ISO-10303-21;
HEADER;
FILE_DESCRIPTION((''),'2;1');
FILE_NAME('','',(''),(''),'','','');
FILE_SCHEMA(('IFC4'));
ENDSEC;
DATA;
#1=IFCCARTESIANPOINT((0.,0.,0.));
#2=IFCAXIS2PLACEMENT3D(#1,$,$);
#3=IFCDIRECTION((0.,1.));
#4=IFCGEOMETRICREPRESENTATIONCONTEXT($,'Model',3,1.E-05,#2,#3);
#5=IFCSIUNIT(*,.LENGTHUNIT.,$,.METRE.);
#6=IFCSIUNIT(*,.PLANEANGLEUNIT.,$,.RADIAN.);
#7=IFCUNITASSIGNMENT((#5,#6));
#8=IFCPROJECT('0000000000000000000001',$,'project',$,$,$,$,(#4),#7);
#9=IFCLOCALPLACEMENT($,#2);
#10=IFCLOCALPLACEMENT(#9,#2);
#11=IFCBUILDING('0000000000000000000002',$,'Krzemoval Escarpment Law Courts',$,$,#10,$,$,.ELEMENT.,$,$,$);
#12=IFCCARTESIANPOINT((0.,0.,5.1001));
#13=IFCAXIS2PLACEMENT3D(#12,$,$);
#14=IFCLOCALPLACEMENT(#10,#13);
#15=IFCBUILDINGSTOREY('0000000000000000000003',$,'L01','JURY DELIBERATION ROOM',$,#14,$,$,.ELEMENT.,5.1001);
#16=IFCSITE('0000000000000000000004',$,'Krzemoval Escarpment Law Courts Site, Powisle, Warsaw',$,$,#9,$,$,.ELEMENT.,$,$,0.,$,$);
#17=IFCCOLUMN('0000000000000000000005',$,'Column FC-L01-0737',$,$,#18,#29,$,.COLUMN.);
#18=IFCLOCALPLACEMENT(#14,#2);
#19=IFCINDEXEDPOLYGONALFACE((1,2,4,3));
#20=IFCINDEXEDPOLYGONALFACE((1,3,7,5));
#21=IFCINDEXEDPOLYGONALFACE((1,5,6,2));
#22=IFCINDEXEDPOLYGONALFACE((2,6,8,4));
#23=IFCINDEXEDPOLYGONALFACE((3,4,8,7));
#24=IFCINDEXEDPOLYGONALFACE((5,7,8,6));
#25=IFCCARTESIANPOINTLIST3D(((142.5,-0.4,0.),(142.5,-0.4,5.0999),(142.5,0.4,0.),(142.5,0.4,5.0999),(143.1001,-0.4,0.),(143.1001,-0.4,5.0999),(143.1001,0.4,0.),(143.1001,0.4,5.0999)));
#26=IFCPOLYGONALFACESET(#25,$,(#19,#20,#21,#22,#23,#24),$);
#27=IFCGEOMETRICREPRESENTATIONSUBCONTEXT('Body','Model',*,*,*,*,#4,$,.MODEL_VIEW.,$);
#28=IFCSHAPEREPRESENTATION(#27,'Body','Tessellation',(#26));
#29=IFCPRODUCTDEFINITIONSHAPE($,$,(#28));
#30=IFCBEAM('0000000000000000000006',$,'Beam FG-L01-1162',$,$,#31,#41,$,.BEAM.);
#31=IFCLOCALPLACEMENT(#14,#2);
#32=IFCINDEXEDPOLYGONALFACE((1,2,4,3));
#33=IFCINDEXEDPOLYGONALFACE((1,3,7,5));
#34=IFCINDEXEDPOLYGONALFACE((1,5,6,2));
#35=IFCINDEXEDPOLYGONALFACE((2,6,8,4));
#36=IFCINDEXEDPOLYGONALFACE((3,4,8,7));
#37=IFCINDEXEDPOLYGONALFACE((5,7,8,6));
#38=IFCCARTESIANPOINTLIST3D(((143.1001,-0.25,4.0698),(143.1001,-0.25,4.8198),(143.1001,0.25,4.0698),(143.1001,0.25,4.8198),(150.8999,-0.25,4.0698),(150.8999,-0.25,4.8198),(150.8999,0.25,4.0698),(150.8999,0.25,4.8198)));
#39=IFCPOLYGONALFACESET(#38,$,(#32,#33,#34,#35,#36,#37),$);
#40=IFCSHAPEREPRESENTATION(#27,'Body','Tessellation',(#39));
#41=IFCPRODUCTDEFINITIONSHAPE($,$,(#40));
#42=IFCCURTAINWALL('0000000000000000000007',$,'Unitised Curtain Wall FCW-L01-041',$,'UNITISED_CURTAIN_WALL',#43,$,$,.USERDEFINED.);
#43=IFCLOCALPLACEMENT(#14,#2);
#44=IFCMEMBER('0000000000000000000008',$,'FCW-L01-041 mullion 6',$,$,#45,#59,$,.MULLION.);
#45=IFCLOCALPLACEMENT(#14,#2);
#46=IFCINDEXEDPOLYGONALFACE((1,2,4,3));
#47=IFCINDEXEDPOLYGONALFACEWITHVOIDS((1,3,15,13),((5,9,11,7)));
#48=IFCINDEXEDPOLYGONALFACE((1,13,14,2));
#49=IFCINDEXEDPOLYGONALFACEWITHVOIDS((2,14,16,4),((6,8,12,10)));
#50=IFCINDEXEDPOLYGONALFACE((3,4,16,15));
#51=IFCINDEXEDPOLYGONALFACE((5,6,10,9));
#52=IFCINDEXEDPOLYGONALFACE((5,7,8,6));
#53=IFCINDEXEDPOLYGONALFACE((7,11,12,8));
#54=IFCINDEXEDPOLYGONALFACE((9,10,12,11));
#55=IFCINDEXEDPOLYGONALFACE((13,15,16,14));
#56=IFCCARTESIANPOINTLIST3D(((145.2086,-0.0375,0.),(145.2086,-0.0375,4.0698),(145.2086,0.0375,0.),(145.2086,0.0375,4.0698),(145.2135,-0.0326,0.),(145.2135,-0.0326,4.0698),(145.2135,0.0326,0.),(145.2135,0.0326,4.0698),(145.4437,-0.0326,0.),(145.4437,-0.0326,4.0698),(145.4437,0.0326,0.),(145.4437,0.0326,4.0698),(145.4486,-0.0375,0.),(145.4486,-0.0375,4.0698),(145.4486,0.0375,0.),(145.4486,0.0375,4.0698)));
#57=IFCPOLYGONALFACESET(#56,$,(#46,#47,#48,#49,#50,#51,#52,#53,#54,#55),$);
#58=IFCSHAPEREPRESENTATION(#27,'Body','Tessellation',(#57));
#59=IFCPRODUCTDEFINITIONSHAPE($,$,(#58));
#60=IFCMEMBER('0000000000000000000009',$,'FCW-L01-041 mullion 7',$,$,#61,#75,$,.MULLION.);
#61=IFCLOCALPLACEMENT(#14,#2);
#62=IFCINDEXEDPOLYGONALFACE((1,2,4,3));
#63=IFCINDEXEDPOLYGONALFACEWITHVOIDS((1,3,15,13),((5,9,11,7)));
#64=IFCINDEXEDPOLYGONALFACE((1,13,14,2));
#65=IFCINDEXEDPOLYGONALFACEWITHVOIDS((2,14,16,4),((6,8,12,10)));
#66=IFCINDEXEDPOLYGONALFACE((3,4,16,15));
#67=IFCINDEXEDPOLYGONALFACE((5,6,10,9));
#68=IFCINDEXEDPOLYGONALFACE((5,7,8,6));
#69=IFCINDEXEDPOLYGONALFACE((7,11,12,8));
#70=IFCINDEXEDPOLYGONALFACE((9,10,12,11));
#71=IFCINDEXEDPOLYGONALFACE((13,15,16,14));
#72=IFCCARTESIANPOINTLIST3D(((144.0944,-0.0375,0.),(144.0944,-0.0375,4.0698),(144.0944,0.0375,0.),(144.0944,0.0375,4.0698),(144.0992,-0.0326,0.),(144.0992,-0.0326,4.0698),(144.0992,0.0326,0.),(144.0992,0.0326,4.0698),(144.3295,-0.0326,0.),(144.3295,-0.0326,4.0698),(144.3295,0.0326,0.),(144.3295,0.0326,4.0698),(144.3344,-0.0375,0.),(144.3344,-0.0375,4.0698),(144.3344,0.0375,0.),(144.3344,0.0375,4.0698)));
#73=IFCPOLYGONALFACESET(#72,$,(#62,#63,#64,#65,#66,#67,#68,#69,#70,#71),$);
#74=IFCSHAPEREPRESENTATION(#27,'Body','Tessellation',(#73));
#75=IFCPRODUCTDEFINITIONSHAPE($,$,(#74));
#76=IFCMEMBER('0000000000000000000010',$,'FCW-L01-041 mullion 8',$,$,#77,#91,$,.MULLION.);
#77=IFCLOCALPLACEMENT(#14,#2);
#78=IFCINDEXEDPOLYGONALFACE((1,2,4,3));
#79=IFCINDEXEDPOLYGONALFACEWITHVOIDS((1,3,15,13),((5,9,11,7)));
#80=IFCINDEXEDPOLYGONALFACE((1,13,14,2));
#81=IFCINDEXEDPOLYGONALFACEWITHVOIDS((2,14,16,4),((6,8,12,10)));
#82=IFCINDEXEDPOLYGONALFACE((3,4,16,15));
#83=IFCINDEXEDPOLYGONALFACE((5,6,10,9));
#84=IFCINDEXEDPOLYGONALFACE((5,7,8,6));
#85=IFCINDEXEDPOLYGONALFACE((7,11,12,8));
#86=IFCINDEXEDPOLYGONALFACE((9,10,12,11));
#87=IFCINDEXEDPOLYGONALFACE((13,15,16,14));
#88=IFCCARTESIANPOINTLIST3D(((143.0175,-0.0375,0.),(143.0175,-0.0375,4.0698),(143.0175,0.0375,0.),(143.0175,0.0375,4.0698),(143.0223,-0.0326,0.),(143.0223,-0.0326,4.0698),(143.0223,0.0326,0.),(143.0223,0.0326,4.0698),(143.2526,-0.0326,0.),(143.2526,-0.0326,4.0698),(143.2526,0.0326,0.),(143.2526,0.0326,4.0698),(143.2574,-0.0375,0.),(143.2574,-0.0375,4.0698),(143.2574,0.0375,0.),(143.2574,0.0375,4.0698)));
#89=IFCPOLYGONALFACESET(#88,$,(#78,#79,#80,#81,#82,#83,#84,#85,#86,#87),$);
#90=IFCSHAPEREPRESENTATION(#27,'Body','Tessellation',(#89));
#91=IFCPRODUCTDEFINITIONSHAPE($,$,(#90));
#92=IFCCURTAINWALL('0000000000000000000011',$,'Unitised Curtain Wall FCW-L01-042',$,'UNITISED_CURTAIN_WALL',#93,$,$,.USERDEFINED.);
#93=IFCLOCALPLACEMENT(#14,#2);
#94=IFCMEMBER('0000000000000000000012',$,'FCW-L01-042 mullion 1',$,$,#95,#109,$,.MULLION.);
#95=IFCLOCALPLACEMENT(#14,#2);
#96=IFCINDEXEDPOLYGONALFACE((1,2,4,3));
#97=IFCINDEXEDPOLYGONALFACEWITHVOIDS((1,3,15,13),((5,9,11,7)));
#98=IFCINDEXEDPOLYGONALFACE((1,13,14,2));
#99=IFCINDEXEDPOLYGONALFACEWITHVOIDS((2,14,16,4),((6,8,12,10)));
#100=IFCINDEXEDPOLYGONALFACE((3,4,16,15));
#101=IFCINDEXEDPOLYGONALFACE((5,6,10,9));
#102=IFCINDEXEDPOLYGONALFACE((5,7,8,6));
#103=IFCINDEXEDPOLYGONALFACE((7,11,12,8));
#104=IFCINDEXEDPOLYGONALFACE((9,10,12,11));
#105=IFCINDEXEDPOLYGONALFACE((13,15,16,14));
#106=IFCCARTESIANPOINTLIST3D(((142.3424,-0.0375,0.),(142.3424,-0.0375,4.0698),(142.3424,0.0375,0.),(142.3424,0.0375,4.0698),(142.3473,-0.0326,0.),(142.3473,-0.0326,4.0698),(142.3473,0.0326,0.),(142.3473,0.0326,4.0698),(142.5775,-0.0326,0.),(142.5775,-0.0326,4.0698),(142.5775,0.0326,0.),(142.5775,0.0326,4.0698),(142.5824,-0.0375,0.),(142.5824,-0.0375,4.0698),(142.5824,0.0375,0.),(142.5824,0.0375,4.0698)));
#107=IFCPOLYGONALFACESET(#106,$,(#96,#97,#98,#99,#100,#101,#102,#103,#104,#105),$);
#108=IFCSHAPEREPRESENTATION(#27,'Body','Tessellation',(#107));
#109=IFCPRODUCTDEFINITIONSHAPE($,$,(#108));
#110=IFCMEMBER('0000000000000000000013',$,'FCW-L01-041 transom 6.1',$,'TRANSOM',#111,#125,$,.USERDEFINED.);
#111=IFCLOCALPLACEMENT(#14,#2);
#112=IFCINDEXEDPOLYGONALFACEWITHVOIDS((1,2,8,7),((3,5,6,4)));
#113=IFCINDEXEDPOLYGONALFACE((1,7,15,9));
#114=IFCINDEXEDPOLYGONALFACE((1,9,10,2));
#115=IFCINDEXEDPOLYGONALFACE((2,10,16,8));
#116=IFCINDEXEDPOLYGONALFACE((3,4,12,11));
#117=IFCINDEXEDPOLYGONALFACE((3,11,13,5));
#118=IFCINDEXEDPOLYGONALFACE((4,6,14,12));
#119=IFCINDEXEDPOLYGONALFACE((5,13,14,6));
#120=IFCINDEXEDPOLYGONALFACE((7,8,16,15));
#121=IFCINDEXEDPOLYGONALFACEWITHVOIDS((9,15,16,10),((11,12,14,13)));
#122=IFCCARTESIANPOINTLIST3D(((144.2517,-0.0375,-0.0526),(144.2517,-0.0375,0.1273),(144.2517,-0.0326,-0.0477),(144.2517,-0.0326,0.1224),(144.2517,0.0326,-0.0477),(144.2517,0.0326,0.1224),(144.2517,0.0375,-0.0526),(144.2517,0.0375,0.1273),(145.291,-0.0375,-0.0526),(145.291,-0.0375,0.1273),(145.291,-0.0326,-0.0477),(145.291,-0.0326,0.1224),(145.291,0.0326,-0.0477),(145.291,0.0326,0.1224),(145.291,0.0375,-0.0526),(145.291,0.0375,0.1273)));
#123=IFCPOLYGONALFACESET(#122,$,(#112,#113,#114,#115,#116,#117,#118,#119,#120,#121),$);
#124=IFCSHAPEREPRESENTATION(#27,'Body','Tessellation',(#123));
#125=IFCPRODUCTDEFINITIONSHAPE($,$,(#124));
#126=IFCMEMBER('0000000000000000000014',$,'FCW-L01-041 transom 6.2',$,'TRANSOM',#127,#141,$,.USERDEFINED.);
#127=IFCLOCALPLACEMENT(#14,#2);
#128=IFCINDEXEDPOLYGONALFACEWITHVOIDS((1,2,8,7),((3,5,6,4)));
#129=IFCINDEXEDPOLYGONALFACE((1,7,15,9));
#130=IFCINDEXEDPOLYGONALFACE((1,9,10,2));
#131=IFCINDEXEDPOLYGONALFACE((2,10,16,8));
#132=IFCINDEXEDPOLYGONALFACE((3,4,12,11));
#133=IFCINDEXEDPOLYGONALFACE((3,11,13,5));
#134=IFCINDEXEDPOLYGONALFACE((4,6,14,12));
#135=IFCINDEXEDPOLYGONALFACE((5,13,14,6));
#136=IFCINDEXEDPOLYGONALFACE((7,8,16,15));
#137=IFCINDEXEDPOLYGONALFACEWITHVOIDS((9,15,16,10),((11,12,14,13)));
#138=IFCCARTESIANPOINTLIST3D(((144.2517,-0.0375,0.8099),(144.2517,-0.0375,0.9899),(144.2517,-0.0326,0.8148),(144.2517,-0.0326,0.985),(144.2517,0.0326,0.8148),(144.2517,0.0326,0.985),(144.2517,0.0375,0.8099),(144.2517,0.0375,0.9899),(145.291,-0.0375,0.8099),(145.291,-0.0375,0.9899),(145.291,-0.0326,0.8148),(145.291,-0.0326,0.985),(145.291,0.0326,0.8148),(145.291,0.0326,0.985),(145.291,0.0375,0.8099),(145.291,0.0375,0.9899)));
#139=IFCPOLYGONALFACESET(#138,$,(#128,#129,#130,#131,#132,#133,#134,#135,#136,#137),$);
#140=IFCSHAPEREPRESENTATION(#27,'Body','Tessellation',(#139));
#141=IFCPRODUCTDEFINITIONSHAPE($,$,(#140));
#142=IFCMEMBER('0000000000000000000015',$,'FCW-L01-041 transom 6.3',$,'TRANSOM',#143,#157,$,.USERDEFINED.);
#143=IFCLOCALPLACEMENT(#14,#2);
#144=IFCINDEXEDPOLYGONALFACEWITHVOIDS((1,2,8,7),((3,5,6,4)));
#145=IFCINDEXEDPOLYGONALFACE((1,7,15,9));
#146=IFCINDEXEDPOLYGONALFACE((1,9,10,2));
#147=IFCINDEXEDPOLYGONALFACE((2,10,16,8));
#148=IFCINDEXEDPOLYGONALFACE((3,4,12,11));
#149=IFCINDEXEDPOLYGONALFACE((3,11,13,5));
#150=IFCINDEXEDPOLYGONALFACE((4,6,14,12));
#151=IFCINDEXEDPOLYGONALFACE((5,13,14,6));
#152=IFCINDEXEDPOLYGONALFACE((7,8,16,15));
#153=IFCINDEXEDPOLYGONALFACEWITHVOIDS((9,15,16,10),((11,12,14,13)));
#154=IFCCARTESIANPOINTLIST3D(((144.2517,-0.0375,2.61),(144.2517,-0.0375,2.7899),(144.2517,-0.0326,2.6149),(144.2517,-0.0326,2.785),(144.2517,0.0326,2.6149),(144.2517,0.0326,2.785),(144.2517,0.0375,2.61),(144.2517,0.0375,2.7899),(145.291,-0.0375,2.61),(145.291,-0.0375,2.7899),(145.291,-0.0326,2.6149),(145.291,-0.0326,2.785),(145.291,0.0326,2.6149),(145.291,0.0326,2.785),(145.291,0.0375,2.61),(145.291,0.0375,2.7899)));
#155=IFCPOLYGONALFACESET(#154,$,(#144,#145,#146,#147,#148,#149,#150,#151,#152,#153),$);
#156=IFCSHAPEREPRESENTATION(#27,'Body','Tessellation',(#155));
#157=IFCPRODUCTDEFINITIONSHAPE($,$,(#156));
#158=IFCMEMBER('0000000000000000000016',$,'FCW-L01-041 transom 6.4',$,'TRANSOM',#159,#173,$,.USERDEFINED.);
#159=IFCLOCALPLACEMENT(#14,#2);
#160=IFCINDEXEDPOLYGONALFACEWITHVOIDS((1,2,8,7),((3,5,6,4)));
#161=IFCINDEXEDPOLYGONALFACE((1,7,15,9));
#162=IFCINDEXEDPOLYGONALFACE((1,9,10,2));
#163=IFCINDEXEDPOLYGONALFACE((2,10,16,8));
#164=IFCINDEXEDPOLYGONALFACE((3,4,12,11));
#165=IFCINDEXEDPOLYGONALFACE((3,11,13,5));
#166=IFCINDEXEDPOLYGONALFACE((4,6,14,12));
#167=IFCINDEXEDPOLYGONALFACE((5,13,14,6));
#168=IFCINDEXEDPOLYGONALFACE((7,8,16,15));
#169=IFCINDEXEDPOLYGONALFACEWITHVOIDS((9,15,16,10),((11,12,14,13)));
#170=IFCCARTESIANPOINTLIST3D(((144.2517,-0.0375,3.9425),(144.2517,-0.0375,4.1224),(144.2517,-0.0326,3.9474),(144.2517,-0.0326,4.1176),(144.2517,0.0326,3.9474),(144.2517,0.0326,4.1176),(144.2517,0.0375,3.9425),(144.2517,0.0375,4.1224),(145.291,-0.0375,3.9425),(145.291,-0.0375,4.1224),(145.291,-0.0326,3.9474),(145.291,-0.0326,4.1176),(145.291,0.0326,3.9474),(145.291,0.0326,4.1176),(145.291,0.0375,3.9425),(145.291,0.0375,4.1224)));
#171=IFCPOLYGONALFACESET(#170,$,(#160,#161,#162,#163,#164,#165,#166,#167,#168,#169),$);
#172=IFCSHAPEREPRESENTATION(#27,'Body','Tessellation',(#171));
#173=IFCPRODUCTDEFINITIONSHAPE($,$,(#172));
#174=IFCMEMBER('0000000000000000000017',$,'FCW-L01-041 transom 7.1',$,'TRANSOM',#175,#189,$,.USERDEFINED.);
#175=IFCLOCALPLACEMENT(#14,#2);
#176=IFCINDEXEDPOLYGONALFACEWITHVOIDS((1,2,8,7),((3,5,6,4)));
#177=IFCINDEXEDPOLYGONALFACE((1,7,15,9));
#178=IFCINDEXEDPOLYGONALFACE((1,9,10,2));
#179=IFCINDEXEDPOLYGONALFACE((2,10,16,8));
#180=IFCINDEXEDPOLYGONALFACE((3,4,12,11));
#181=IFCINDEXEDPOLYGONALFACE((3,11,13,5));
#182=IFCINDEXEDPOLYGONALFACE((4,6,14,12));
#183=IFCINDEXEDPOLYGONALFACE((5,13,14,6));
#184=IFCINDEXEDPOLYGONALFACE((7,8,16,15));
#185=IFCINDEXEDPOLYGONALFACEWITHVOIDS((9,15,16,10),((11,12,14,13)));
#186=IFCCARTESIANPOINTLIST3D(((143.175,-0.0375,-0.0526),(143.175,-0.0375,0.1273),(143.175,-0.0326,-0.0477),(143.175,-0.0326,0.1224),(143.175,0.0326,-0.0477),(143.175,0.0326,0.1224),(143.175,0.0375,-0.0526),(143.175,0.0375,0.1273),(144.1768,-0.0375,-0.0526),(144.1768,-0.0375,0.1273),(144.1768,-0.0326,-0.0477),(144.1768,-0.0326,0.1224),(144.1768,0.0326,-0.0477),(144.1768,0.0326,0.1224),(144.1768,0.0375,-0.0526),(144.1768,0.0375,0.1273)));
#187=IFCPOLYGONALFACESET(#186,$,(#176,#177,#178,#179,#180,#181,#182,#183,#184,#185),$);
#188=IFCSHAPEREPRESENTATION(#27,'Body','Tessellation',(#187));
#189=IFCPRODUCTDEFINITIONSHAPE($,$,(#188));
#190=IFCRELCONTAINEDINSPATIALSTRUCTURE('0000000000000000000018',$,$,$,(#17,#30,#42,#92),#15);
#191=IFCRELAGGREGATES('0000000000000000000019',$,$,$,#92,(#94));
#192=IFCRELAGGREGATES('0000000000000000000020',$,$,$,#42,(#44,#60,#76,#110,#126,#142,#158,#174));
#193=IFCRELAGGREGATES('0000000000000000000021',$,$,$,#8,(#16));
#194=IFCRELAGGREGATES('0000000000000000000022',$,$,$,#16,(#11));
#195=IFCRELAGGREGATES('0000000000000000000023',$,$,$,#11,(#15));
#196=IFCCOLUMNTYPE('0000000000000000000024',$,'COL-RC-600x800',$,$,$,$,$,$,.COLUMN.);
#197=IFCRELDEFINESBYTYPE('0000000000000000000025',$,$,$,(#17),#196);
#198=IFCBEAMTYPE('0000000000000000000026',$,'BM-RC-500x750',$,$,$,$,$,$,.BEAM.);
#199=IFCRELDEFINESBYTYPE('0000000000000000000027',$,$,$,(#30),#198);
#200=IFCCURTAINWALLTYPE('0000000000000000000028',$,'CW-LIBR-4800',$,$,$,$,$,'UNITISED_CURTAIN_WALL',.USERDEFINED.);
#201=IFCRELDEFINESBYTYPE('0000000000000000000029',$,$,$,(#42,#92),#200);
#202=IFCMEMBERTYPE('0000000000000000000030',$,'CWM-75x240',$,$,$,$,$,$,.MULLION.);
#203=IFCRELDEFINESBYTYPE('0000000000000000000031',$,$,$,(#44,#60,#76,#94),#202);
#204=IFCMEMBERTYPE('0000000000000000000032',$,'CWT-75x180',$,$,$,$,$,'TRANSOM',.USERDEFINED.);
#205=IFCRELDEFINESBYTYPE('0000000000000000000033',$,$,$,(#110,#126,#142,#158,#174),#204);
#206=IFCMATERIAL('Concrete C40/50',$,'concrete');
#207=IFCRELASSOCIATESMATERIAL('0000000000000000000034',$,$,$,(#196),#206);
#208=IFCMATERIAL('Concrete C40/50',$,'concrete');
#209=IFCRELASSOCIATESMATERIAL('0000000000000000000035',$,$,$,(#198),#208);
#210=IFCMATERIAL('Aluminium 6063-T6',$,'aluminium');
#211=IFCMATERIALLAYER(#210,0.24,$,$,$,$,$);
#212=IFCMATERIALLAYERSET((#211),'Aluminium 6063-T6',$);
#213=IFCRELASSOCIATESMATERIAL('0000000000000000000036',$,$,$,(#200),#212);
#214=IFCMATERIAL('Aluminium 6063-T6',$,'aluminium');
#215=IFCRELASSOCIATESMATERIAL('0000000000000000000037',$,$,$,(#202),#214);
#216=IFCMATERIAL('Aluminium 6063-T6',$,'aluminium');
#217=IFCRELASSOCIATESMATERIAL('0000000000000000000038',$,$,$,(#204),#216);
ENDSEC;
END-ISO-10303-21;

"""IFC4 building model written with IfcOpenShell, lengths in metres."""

from ifc_helpers import new_model, si_unit, direction, frame, origin, origin_2d, place, context, subcontext, project, spatial, rectangle, hollow_rectangle, extrude, material, layer, layer_set, material_profile, profile_set, type_object, element, aggregate, save


model = new_model("IFC4")

# Units and contexts
model_context = context("Model", 3, precision=1e-05, world=origin(), true_north=direction((0.0, 1.0)))
body_context = subcontext(model_context, "Body", "Model", "MODEL_VIEW")
ifc_project = project(units=[si_unit("LENGTHUNIT", "METRE"), si_unit("PLANEANGLEUNIT", "RADIAN")], contexts=[model_context])

# Site, building, storey
site_placement = place(None, origin())
site = spatial("IfcSite", under=ifc_project, at=site_placement, Name="Krzemoval Escarpment Law Courts Site, Powisle, Warsaw", CompositionType="ELEMENT", RefElevation=0.0)
building_placement = place(site_placement, origin())
building = spatial("IfcBuilding", under=site, at=building_placement, Name="Krzemoval Escarpment Law Courts", CompositionType="ELEMENT")
storey_placement = place(building_placement, frame((0.0, 0.0, 5.1001)))
storey = spatial("IfcBuildingStorey", under=building, at=storey_placement, Name="L01", Description="JURY DELIBERATION ROOM", CompositionType="ELEMENT", Elevation=5.1001)

# Column
ifc_material_1 = material(Name="Concrete C40/50", Category="concrete")
ifc_material_profile_1 = material_profile(ifc_material_1, rectangle(XDim=0.6001, YDim=0.8, at=origin_2d()), Name="RC 600x800")
ifc_profile_set_1 = profile_set([ifc_material_profile_1], Name="Concrete C40/50")
column_type = type_object("IfcColumnType", Name="COL-RC-600x800", PredefinedType="COLUMN", material=ifc_profile_set_1)
column_placement = place(storey_placement, frame((142.8, 0.0, 0.0), z_axis=(0.0, 0.0, 1.0), x_axis=(1.0, 0.0, 0.0)))
element("IfcColumn", 1, at=column_placement, inside=storey, type_object=column_type, Name="Column FC-L01-0737", PredefinedType="COLUMN", context=body_context, shape_type="SweptSolid", body=[
    extrude(rectangle(XDim=0.6001, YDim=0.8, at=origin_2d()), origin(), (0.0, 0.0, 1.0), 5.0999),
])

# Beam
ifc_material_2 = material(Name="Concrete C40/50", Category="concrete")
ifc_material_profile_2 = material_profile(ifc_material_2, rectangle(XDim=0.5, YDim=0.75, at=origin_2d()), Name="RCB 500x750")
ifc_profile_set_2 = profile_set([ifc_material_profile_2], Name="Concrete C40/50")
beam_type = type_object("IfcBeamType", Name="BM-RC-500x750", PredefinedType="BEAM", material=ifc_profile_set_2)
beam_placement = place(storey_placement, frame((143.1001, 0.0, 4.4448), z_axis=(1.0, 0.0, 0.0), x_axis=(0.0, 1.0, 0.0)))
element("IfcBeam", 2, at=beam_placement, inside=storey, type_object=beam_type, Name="Beam FG-L01-1162", PredefinedType="BEAM", context=body_context, shape_type="SweptSolid", body=[
    extrude(rectangle(XDim=0.5, YDim=0.75, at=origin_2d()), origin(), (0.0, 0.0, 1.0), 7.7998),
])

# Curtain wall, members
ifc_material_3 = material(Name="Aluminium 6063-T6", Category="aluminium")
ifc_layer_1 = layer(ifc_material_3, 0.24)
ifc_layer_set_1 = layer_set([ifc_layer_1], Name="Aluminium 6063-T6")
curtain_wall_type = type_object("IfcCurtainWallType", Name="CW-LIBR-4800", ElementType="UNITISED_CURTAIN_WALL", PredefinedType="USERDEFINED", material=ifc_layer_set_1)
curtain_wall_1_placement = place(storey_placement, origin())
curtain_wall_1 = element("IfcCurtainWall", 3, at=curtain_wall_1_placement, inside=storey, type_object=curtain_wall_type, Name="Unitised Curtain Wall FCW-L01-041", ObjectType="UNITISED_CURTAIN_WALL", PredefinedType="USERDEFINED")
ifc_material_4 = material(Name="Aluminium 6063-T6", Category="aluminium")
ifc_material_profile_3 = material_profile(ifc_material_4, hollow_rectangle(XDim=0.075, YDim=0.24, WallThickness=0.0049, at=origin_2d()), Name="ALU M75x240")
ifc_profile_set_3 = profile_set([ifc_material_profile_3], Name="Aluminium 6063-T6")
member_type_1 = type_object("IfcMemberType", Name="CWM-75x240", PredefinedType="MULLION", material=ifc_profile_set_3)
member_1_placement = place(storey_placement, frame((145.3286, 0.0, 0.0), z_axis=(0.0, 0.0, 1.0), x_axis=(0.0, -1.0, 0.0)))
member_1 = element("IfcMember", 4, at=member_1_placement, type_object=member_type_1, Name="FCW-L01-041 mullion 6", PredefinedType="MULLION", context=body_context, shape_type="SweptSolid", body=[
    extrude(hollow_rectangle(XDim=0.075, YDim=0.24, WallThickness=0.0049, at=origin_2d()), origin(), (0.0, 0.0, 1.0), 4.0698),
])
member_2_placement = place(storey_placement, frame((144.2144, 0.0, 0.0), z_axis=(0.0, 0.0, 1.0), x_axis=(0.0, -1.0, 0.0)))
member_2 = element("IfcMember", 5, at=member_2_placement, type_object=member_type_1, Name="FCW-L01-041 mullion 7", PredefinedType="MULLION", context=body_context, shape_type="SweptSolid", body=[
    extrude(hollow_rectangle(XDim=0.075, YDim=0.24, WallThickness=0.0049, at=origin_2d()), origin(), (0.0, 0.0, 1.0), 4.0698),
])
member_3_placement = place(storey_placement, frame((143.1375, 0.0, 0.0), z_axis=(0.0, 0.0, 1.0), x_axis=(0.0, -1.0, 0.0)))
member_3 = element("IfcMember", 6, at=member_3_placement, type_object=member_type_1, Name="FCW-L01-041 mullion 8", PredefinedType="MULLION", context=body_context, shape_type="SweptSolid", body=[
    extrude(hollow_rectangle(XDim=0.075, YDim=0.24, WallThickness=0.0049, at=origin_2d()), origin(), (0.0, 0.0, 1.0), 4.0698),
])

# Curtain wall, member
curtain_wall_2_placement = place(storey_placement, origin())
curtain_wall_2 = element("IfcCurtainWall", 7, at=curtain_wall_2_placement, inside=storey, type_object=curtain_wall_type, Name="Unitised Curtain Wall FCW-L01-042", ObjectType="UNITISED_CURTAIN_WALL", PredefinedType="USERDEFINED")
member_4_placement = place(storey_placement, frame((142.4624, 0.0, 0.0), z_axis=(0.0, 0.0, 1.0), x_axis=(0.0, -1.0, 0.0)))
member_4 = element("IfcMember", 8, at=member_4_placement, type_object=member_type_1, Name="FCW-L01-042 mullion 1", PredefinedType="MULLION", context=body_context, shape_type="SweptSolid", body=[
    extrude(hollow_rectangle(XDim=0.075, YDim=0.24, WallThickness=0.0049, at=origin_2d()), origin(), (0.0, 0.0, 1.0), 4.0698),
])

# Members
ifc_material_5 = material(Name="Aluminium 6063-T6", Category="aluminium")
ifc_material_profile_4 = material_profile(ifc_material_5, hollow_rectangle(XDim=0.075, YDim=0.1799, WallThickness=0.0049, at=origin_2d()), Name="ALU T75x180")
ifc_profile_set_4 = profile_set([ifc_material_profile_4], Name="Aluminium 6063-T6")
member_type_2 = type_object("IfcMemberType", Name="CWT-75x180", ElementType="TRANSOM", PredefinedType="USERDEFINED", material=ifc_profile_set_4)
member_5_placement = place(storey_placement, frame((145.291, 0.0, 0.0374), z_axis=(-1.0, 0.0, 0.0), x_axis=(0.0, -1.0, 0.0)))
member_5 = element("IfcMember", 9, at=member_5_placement, type_object=member_type_2, Name="FCW-L01-041 transom 6.1", ObjectType="TRANSOM", PredefinedType="USERDEFINED", context=body_context, shape_type="SweptSolid", body=[
    extrude(hollow_rectangle(XDim=0.075, YDim=0.1799, WallThickness=0.0049, at=origin_2d()), origin(), (0.0, 0.0, 1.0), 1.0393),
])
member_6_placement = place(storey_placement, frame((145.291, 0.0, 0.8999), z_axis=(-1.0, 0.0, 0.0), x_axis=(0.0, -1.0, 0.0)))
member_6 = element("IfcMember", 10, at=member_6_placement, type_object=member_type_2, Name="FCW-L01-041 transom 6.2", ObjectType="TRANSOM", PredefinedType="USERDEFINED", context=body_context, shape_type="SweptSolid", body=[
    extrude(hollow_rectangle(XDim=0.075, YDim=0.1799, WallThickness=0.0049, at=origin_2d()), origin(), (0.0, 0.0, 1.0), 1.0393),
])
member_7_placement = place(storey_placement, frame((145.291, 0.0, 2.7), z_axis=(-1.0, 0.0, 0.0), x_axis=(0.0, -1.0, 0.0)))
member_7 = element("IfcMember", 11, at=member_7_placement, type_object=member_type_2, Name="FCW-L01-041 transom 6.3", ObjectType="TRANSOM", PredefinedType="USERDEFINED", context=body_context, shape_type="SweptSolid", body=[
    extrude(hollow_rectangle(XDim=0.075, YDim=0.1799, WallThickness=0.0049, at=origin_2d()), origin(), (0.0, 0.0, 1.0), 1.0393),
])
member_8_placement = place(storey_placement, frame((145.291, 0.0, 4.0325), z_axis=(-1.0, 0.0, 0.0), x_axis=(0.0, -1.0, 0.0)))
member_8 = element("IfcMember", 12, at=member_8_placement, type_object=member_type_2, Name="FCW-L01-041 transom 6.4", ObjectType="TRANSOM", PredefinedType="USERDEFINED", context=body_context, shape_type="SweptSolid", body=[
    extrude(hollow_rectangle(XDim=0.075, YDim=0.1799, WallThickness=0.0049, at=origin_2d()), origin(), (0.0, 0.0, 1.0), 1.0393),
])
member_9_placement = place(storey_placement, frame((144.1768, 0.0, 0.0374), z_axis=(-1.0, 0.0, 0.0), x_axis=(0.0, -1.0, 0.0)))
member_9 = element("IfcMember", 13, at=member_9_placement, type_object=member_type_2, Name="FCW-L01-041 transom 7.1", ObjectType="TRANSOM", PredefinedType="USERDEFINED", context=body_context, shape_type="SweptSolid", body=[
    extrude(hollow_rectangle(XDim=0.075, YDim=0.1799, WallThickness=0.0049, at=origin_2d()), origin(), (0.0, 0.0, 1.0), 1.0017),
])
aggregate(curtain_wall_2, [member_4])

aggregate(curtain_wall_1, [member_1, member_2, member_3, member_5, member_6, member_7, member_8, member_9])

save(model, "model.ifc")
